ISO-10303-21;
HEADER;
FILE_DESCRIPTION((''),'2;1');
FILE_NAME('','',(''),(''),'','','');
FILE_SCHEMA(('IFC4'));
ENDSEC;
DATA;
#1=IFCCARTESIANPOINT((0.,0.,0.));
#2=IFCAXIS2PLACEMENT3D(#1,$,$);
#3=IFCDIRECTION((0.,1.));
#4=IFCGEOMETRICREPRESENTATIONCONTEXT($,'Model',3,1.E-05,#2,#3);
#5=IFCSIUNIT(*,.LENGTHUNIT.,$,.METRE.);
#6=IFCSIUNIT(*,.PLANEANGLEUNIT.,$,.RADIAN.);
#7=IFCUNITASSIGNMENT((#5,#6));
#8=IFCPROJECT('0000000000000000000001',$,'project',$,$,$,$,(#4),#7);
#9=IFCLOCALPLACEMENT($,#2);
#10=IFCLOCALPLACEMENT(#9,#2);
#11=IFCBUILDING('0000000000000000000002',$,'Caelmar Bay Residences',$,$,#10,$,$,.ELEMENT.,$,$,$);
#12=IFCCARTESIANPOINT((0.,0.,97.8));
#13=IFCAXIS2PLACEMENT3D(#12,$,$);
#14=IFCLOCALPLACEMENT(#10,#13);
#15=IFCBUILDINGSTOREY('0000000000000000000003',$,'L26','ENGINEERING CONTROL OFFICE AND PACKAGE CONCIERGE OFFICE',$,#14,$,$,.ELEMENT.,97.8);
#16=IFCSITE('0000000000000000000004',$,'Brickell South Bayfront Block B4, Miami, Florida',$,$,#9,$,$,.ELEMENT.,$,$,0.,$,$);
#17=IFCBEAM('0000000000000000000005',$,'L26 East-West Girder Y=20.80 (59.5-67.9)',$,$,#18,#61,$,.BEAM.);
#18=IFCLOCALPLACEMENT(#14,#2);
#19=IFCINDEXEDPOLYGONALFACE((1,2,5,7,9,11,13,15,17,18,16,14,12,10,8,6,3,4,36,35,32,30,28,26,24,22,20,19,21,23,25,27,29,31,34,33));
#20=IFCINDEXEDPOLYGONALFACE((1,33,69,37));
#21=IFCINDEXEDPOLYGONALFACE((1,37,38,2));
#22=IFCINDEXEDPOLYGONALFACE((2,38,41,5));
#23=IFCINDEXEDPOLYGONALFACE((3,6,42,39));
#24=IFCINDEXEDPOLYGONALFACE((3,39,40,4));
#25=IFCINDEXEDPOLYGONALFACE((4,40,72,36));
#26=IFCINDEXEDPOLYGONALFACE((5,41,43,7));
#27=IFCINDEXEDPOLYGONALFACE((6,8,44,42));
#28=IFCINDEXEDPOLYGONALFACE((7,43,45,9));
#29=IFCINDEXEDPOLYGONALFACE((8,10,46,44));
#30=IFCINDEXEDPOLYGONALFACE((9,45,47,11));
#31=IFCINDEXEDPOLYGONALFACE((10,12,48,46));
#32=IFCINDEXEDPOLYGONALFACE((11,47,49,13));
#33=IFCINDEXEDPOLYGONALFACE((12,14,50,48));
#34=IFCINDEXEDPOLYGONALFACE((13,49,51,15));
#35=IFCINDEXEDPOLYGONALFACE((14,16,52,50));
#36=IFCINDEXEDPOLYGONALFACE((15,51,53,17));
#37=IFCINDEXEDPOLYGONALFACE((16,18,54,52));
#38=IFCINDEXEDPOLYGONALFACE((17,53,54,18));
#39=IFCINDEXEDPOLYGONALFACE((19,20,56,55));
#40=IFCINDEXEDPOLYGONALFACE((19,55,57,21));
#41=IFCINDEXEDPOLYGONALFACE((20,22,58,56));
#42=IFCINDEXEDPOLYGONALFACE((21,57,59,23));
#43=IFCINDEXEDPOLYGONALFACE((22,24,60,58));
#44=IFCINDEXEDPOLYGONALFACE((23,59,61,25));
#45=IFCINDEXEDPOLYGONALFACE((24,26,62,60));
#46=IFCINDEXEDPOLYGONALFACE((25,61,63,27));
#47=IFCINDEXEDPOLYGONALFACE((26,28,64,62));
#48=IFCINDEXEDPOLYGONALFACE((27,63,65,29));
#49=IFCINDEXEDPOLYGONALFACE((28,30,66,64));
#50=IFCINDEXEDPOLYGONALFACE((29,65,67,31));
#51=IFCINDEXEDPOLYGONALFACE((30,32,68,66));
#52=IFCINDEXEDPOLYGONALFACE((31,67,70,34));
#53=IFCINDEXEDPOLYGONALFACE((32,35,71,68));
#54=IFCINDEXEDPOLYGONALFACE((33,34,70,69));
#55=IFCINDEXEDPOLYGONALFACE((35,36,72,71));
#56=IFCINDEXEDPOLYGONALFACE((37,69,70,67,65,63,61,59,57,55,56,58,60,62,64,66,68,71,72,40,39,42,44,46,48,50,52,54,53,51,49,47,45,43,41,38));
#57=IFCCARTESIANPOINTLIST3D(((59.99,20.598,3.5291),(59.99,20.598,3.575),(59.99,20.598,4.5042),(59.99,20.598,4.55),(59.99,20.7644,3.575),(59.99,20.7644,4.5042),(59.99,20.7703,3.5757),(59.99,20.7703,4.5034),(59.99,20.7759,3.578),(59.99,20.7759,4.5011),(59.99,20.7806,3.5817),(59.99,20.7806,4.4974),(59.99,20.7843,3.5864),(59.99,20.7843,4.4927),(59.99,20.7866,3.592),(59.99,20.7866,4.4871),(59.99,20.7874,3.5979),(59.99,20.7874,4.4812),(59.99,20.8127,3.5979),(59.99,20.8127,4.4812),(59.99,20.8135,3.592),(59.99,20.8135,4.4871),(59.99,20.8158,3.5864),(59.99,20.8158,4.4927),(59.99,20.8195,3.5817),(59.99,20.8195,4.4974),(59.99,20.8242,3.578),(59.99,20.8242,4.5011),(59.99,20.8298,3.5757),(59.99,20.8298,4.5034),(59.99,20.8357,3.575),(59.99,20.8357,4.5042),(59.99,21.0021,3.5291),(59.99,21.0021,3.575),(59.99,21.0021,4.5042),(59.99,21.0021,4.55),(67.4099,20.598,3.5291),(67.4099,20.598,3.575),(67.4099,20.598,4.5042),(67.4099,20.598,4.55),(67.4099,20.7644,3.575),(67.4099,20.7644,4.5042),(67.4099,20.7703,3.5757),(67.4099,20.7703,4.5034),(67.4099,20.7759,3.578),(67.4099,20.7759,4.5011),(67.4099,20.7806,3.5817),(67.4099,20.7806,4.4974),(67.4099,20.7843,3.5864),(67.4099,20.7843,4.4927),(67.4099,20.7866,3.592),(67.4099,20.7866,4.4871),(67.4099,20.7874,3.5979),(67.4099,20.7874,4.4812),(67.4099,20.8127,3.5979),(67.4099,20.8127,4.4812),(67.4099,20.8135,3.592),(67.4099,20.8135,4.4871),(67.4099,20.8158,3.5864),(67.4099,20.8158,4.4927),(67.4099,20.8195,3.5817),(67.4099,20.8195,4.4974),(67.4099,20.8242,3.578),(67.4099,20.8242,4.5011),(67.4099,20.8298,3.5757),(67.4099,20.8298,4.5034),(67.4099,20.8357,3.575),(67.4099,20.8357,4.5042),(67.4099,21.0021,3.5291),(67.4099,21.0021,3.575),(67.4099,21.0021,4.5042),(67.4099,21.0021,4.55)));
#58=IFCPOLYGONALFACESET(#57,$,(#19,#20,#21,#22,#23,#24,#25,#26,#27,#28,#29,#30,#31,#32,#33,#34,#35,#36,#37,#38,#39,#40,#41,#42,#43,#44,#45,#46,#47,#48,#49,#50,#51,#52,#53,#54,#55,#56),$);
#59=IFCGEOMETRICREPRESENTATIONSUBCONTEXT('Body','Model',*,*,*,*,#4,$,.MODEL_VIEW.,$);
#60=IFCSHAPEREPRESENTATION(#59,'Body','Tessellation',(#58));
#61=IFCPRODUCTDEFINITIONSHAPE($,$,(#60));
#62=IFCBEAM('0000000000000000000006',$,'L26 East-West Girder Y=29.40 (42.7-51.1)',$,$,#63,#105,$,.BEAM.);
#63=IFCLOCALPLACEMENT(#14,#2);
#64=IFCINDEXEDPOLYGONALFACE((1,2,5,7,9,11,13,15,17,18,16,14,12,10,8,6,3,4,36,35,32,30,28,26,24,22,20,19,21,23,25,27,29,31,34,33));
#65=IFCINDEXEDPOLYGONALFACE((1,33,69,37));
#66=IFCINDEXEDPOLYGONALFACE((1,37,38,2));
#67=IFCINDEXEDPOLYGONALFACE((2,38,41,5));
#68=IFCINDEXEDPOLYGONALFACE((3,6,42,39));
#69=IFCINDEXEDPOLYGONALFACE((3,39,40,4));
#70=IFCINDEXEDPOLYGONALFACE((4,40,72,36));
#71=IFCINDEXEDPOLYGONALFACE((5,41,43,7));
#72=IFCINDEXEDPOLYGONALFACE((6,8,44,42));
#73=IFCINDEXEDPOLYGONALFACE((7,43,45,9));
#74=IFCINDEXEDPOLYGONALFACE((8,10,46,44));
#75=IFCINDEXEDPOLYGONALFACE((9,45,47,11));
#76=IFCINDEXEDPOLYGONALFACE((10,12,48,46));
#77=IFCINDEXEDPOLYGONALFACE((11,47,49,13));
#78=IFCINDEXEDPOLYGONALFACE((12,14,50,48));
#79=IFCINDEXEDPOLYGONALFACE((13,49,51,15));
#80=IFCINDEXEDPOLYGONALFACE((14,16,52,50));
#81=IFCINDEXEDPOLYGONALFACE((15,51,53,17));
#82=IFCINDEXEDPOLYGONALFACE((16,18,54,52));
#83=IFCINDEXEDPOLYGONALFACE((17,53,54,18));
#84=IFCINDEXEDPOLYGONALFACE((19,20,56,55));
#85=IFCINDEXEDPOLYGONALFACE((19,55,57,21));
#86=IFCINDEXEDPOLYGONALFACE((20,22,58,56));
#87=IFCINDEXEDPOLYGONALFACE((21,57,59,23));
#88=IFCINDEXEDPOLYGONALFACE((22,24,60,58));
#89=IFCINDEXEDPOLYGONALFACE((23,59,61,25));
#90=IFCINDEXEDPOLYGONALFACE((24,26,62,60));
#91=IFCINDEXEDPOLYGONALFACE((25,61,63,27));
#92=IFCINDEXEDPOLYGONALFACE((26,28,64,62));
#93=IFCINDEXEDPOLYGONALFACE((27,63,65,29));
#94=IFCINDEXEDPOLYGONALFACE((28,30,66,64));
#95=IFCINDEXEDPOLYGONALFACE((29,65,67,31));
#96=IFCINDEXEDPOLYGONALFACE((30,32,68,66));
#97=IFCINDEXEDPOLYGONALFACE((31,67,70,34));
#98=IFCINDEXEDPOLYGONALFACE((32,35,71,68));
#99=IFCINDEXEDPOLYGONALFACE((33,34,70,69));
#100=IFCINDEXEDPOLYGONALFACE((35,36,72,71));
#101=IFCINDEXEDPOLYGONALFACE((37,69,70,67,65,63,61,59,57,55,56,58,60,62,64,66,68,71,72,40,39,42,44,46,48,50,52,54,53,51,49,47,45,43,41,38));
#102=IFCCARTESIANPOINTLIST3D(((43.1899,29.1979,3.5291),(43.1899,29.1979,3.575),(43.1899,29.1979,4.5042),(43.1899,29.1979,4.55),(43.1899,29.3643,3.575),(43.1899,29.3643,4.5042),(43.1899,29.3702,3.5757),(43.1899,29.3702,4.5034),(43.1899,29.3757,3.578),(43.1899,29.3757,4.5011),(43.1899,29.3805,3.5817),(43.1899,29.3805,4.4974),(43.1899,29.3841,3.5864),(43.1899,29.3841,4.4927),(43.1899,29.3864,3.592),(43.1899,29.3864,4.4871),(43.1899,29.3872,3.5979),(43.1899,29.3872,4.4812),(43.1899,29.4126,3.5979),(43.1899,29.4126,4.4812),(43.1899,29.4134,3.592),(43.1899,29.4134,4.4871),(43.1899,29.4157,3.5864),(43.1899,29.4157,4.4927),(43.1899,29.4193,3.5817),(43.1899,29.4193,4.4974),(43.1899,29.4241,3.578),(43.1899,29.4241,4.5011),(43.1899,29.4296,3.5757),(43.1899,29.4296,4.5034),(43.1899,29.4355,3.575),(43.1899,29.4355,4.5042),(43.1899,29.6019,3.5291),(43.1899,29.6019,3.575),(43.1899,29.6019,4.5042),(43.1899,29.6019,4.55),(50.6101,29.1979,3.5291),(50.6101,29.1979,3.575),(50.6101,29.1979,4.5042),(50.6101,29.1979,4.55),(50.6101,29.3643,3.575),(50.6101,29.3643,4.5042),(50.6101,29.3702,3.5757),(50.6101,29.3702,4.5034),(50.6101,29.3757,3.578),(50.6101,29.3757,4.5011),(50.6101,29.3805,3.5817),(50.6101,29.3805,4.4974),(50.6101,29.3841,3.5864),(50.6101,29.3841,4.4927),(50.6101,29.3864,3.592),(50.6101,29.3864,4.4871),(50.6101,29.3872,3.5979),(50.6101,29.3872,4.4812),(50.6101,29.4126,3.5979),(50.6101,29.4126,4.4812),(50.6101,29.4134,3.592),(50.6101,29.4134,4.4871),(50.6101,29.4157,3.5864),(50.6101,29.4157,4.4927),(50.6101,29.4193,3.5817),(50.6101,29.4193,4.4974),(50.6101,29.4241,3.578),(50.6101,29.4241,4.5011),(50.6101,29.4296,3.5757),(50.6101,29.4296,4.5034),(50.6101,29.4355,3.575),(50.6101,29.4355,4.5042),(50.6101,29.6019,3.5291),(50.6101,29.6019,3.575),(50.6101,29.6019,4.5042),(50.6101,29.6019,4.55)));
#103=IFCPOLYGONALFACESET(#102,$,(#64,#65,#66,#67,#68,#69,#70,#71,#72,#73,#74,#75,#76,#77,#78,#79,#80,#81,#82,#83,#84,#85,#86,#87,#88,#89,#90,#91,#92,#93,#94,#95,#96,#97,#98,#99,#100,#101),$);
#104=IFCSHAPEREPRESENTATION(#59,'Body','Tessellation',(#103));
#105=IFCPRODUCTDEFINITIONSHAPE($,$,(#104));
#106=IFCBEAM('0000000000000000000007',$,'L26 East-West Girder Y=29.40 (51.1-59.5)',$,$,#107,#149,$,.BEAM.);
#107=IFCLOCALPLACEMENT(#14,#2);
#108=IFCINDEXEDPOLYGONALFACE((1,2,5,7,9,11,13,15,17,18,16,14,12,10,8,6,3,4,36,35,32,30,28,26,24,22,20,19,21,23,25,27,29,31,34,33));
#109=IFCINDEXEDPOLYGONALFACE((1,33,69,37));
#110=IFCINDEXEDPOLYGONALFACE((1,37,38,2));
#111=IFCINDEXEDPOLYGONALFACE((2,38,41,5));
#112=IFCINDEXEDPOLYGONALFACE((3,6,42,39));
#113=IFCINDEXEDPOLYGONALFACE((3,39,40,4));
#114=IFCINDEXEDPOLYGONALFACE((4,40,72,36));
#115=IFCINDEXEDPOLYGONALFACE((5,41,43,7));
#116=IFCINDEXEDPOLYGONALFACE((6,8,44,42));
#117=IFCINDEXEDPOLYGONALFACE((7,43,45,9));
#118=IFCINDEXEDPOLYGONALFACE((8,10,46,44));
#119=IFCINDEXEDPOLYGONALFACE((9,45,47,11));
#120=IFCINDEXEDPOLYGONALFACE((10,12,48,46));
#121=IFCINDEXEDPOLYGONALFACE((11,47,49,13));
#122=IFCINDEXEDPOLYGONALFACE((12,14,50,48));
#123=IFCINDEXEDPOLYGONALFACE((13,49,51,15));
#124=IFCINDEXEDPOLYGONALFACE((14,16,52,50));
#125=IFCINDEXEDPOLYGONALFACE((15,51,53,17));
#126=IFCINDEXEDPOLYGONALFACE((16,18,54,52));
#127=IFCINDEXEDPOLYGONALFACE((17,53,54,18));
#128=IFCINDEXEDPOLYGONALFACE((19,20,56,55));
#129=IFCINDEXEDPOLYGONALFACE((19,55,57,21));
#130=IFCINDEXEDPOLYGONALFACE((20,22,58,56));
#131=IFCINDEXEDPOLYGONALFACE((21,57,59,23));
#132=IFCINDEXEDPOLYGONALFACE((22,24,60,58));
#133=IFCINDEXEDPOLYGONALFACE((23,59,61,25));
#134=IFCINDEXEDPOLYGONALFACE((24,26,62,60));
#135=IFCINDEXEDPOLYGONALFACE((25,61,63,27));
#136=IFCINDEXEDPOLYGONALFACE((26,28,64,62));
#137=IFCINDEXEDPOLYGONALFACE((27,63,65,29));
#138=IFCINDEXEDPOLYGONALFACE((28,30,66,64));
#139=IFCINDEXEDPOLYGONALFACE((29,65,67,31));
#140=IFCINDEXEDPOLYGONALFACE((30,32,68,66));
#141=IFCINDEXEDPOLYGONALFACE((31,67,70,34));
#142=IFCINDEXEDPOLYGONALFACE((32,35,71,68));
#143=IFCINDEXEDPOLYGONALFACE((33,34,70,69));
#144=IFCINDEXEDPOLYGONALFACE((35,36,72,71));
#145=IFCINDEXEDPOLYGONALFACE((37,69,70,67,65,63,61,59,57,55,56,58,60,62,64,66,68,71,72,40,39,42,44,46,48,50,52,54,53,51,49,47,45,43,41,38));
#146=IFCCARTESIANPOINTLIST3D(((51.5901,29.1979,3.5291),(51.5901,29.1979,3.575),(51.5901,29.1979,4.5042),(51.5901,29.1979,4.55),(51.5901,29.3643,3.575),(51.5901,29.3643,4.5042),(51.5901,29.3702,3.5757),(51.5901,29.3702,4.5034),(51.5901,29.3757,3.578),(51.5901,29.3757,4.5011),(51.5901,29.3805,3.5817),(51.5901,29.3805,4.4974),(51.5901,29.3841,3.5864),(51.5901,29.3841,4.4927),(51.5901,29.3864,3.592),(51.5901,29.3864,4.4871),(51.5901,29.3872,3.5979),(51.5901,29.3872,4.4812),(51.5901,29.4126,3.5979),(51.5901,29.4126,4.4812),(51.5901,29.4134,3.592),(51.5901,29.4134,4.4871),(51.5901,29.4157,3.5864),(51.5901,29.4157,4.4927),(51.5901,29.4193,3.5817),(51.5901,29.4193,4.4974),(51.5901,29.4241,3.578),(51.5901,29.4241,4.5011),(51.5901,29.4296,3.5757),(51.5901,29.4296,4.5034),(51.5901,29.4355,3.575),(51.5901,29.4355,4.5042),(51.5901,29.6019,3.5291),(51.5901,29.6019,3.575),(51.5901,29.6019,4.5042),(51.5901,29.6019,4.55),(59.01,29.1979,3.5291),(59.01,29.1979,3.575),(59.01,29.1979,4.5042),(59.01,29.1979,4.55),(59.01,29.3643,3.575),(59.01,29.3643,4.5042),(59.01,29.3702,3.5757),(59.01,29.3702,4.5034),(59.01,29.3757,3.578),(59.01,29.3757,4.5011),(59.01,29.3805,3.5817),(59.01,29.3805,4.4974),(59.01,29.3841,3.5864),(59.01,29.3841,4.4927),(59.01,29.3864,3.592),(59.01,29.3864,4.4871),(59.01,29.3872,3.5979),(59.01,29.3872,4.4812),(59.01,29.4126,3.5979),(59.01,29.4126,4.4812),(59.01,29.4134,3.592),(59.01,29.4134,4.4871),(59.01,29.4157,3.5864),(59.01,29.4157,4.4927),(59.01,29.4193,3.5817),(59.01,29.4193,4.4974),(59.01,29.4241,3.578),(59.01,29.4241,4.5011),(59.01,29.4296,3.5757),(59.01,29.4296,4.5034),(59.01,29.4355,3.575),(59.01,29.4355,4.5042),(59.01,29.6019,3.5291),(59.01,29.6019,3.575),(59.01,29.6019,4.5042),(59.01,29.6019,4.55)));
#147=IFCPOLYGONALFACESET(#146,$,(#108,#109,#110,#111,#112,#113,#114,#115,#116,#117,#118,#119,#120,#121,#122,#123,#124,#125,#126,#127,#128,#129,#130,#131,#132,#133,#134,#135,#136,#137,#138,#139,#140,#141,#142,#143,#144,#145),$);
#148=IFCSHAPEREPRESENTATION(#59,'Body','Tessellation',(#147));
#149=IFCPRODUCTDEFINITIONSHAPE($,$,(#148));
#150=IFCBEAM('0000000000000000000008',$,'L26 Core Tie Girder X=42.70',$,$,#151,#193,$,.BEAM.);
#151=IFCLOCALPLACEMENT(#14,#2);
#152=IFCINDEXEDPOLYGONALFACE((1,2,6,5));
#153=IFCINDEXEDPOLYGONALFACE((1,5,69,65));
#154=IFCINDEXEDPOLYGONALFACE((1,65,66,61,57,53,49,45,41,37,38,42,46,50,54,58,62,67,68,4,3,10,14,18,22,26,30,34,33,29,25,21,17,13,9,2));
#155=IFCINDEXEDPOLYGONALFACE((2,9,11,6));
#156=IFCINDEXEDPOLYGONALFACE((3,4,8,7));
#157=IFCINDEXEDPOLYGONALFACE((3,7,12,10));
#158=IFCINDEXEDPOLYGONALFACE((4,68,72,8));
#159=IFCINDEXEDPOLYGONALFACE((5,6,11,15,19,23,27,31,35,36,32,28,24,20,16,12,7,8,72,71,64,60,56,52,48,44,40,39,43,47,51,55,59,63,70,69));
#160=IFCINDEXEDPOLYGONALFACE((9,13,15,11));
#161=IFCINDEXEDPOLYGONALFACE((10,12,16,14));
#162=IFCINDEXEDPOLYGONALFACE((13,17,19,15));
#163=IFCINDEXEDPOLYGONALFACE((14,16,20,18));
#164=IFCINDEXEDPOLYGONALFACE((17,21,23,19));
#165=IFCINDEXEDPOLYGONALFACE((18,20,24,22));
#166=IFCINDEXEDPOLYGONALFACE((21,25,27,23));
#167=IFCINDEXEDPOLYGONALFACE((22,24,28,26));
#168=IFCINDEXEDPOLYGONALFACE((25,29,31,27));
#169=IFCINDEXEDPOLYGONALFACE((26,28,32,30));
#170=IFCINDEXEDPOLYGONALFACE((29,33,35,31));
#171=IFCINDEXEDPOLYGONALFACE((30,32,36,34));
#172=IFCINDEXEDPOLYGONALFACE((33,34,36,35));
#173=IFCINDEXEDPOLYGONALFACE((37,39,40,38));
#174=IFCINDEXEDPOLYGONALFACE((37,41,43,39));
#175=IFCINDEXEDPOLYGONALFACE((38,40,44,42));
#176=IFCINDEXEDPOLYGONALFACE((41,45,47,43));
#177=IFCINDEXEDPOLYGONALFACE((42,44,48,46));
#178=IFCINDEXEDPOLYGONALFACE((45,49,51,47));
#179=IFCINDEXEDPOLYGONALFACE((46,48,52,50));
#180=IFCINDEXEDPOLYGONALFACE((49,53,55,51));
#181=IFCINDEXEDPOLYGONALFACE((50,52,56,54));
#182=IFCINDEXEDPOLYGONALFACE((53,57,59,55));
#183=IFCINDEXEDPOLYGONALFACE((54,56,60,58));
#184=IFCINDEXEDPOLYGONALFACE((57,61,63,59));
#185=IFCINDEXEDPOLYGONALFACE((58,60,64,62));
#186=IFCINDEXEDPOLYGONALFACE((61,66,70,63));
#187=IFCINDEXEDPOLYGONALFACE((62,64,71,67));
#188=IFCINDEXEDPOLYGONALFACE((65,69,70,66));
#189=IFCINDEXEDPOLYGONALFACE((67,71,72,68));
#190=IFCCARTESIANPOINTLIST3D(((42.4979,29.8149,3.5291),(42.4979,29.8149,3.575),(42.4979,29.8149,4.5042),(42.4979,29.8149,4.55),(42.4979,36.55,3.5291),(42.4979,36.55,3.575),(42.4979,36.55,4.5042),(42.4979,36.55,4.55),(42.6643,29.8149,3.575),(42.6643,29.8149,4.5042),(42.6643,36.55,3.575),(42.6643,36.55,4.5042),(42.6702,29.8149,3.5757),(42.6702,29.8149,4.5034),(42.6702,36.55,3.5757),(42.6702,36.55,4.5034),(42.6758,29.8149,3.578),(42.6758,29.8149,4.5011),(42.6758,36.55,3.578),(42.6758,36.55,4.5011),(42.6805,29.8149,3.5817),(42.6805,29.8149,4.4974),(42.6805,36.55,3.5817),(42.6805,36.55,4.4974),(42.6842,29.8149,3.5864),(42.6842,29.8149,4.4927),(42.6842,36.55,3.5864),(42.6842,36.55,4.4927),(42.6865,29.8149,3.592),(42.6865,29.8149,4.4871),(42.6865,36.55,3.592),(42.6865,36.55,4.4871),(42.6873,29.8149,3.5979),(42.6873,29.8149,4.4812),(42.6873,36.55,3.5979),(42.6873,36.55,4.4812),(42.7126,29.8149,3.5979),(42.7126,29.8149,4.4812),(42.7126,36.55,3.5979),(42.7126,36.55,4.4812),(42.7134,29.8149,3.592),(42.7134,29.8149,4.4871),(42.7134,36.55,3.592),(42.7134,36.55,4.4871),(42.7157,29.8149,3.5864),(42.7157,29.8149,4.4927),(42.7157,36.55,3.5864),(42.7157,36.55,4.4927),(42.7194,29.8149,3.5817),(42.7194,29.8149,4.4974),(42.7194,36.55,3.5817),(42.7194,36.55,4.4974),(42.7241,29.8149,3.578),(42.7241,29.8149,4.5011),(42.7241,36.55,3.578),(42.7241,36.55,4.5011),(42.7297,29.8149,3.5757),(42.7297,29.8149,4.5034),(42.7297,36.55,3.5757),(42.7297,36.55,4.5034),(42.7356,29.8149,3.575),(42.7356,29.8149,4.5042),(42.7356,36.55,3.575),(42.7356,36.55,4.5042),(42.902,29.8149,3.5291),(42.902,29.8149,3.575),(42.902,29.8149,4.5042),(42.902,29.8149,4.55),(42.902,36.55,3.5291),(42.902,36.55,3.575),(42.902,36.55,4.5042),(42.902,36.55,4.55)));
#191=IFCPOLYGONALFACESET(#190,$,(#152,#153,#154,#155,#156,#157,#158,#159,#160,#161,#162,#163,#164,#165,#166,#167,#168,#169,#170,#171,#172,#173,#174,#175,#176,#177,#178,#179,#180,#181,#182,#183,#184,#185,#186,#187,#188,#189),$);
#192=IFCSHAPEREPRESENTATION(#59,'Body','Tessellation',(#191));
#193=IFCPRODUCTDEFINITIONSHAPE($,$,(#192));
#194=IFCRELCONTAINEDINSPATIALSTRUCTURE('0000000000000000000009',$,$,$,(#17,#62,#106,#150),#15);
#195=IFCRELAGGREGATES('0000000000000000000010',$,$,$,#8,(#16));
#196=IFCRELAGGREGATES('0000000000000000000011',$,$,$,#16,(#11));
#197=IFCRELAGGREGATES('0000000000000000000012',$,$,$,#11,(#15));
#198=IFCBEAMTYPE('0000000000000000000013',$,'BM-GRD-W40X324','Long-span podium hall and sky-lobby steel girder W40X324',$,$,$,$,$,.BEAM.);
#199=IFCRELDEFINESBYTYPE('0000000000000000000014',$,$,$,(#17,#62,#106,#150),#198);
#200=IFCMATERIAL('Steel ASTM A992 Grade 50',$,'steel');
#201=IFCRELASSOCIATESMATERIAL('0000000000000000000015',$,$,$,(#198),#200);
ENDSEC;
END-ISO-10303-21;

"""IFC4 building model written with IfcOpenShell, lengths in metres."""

from ifc_helpers import new_model, si_unit, direction, frame, origin, origin_2d, place, context, subcontext, project, spatial, i_section, extrude, material, material_profile, profile_set, type_object, element, save


model = new_model("IFC4")

# Units and contexts
model_context = context("Model", 3, precision=1e-05, world=origin(), true_north=direction((0.0, 1.0)))
body_context = subcontext(model_context, "Body", "Model", "MODEL_VIEW")
ifc_project = project(units=[si_unit("LENGTHUNIT", "METRE"), si_unit("PLANEANGLEUNIT", "RADIAN")], contexts=[model_context])

# Site, building, storey
site_placement = place(None, origin())
site = spatial("IfcSite", under=ifc_project, at=site_placement, Name="Brickell South Bayfront Block B4, Miami, Florida", CompositionType="ELEMENT", RefElevation=0.0)
building_placement = place(site_placement, origin())
building = spatial("IfcBuilding", under=site, at=building_placement, Name="Caelmar Bay Residences", CompositionType="ELEMENT")
storey_placement = place(building_placement, frame((0.0, 0.0, 97.8)))
storey = spatial("IfcBuildingStorey", under=building, at=storey_placement, Name="L26", Description="ENGINEERING CONTROL OFFICE AND PACKAGE CONCIERGE OFFICE", CompositionType="ELEMENT", Elevation=97.8)

# Beams
ifc_material_1 = material(Name="Steel ASTM A992 Grade 50", Category="steel")
ifc_material_profile_1 = material_profile(ifc_material_1, i_section(OverallWidth=0.4041, OverallDepth=1.021, WebThickness=0.0254, FlangeThickness=0.0459, FilletRadius=0.0229, at=origin_2d()), Name="W40X324")
ifc_profile_set_1 = profile_set([ifc_material_profile_1], Name="Steel ASTM A992 Grade 50")
beam_type_1 = type_object("IfcBeamType", Name="BM-GRD-W40X324", Description="Long-span podium hall and sky-lobby steel girder W40X324", PredefinedType="BEAM", material=ifc_profile_set_1)
for number, where, z_axis, x_axis, name in (
    (1, (59.99, 20.8, 4.0396), (1.0, 0.0, 0.0), (0.0, 1.0, 0.0), "L26 East-West Girder Y=20.80 (59.5-67.9)"),
):
    element("IfcBeam", number, at=place(storey_placement, frame(where, z_axis=z_axis, x_axis=x_axis)), inside=storey, type_object=beam_type_1, Name=name, PredefinedType="BEAM", context=body_context, shape_type="SweptSolid", body=[
        extrude(i_section(OverallWidth=0.4041, OverallDepth=1.021, WebThickness=0.0254, FlangeThickness=0.0459, FilletRadius=0.0229, at=origin_2d()), origin(), (0.0, 0.0, 1.0), 7.4199),
    ])
beam_1_placement = place(storey_placement, frame((43.1899, 29.3999, 4.0396), z_axis=(1.0, 0.0, 0.0), x_axis=(0.0, 1.0, 0.0)))
element("IfcBeam", 2, at=beam_1_placement, inside=storey, type_object=beam_type_1, Name="L26 East-West Girder Y=29.40 (42.7-51.1)", PredefinedType="BEAM", context=body_context, shape_type="SweptSolid", body=[
    extrude(i_section(OverallWidth=0.4041, OverallDepth=1.021, WebThickness=0.0254, FlangeThickness=0.0459, FilletRadius=0.0229, at=origin_2d()), origin(), (0.0, 0.0, 1.0), 7.4202),
])
beam_2_placement = place(storey_placement, frame((51.5901, 29.3999, 4.0396), z_axis=(1.0, 0.0, 0.0), x_axis=(0.0, 1.0, 0.0)))
element("IfcBeam", 3, at=beam_2_placement, inside=storey, type_object=beam_type_1, Name="L26 East-West Girder Y=29.40 (51.1-59.5)", PredefinedType="BEAM", context=body_context, shape_type="SweptSolid", body=[
    extrude(i_section(OverallWidth=0.4041, OverallDepth=1.021, WebThickness=0.0254, FlangeThickness=0.0459, FilletRadius=0.0229, at=origin_2d()), origin(), (0.0, 0.0, 1.0), 7.4199),
])
beam_3_placement = place(storey_placement, frame((42.7, 29.8149, 4.0396), z_axis=(0.0, 1.0, 0.0), x_axis=(-1.0, 0.0, 0.0)))
element("IfcBeam", 4, at=beam_3_placement, inside=storey, type_object=beam_type_1, Name="L26 Core Tie Girder X=42.70", PredefinedType="BEAM", context=body_context, shape_type="SweptSolid", body=[
    extrude(i_section(OverallWidth=0.4041, OverallDepth=1.021, WebThickness=0.0254, FlangeThickness=0.0459, FilletRadius=0.0229, at=origin_2d()), origin(), (0.0, 0.0, 1.0), 6.7351),
])

save(model, "model.ifc")
